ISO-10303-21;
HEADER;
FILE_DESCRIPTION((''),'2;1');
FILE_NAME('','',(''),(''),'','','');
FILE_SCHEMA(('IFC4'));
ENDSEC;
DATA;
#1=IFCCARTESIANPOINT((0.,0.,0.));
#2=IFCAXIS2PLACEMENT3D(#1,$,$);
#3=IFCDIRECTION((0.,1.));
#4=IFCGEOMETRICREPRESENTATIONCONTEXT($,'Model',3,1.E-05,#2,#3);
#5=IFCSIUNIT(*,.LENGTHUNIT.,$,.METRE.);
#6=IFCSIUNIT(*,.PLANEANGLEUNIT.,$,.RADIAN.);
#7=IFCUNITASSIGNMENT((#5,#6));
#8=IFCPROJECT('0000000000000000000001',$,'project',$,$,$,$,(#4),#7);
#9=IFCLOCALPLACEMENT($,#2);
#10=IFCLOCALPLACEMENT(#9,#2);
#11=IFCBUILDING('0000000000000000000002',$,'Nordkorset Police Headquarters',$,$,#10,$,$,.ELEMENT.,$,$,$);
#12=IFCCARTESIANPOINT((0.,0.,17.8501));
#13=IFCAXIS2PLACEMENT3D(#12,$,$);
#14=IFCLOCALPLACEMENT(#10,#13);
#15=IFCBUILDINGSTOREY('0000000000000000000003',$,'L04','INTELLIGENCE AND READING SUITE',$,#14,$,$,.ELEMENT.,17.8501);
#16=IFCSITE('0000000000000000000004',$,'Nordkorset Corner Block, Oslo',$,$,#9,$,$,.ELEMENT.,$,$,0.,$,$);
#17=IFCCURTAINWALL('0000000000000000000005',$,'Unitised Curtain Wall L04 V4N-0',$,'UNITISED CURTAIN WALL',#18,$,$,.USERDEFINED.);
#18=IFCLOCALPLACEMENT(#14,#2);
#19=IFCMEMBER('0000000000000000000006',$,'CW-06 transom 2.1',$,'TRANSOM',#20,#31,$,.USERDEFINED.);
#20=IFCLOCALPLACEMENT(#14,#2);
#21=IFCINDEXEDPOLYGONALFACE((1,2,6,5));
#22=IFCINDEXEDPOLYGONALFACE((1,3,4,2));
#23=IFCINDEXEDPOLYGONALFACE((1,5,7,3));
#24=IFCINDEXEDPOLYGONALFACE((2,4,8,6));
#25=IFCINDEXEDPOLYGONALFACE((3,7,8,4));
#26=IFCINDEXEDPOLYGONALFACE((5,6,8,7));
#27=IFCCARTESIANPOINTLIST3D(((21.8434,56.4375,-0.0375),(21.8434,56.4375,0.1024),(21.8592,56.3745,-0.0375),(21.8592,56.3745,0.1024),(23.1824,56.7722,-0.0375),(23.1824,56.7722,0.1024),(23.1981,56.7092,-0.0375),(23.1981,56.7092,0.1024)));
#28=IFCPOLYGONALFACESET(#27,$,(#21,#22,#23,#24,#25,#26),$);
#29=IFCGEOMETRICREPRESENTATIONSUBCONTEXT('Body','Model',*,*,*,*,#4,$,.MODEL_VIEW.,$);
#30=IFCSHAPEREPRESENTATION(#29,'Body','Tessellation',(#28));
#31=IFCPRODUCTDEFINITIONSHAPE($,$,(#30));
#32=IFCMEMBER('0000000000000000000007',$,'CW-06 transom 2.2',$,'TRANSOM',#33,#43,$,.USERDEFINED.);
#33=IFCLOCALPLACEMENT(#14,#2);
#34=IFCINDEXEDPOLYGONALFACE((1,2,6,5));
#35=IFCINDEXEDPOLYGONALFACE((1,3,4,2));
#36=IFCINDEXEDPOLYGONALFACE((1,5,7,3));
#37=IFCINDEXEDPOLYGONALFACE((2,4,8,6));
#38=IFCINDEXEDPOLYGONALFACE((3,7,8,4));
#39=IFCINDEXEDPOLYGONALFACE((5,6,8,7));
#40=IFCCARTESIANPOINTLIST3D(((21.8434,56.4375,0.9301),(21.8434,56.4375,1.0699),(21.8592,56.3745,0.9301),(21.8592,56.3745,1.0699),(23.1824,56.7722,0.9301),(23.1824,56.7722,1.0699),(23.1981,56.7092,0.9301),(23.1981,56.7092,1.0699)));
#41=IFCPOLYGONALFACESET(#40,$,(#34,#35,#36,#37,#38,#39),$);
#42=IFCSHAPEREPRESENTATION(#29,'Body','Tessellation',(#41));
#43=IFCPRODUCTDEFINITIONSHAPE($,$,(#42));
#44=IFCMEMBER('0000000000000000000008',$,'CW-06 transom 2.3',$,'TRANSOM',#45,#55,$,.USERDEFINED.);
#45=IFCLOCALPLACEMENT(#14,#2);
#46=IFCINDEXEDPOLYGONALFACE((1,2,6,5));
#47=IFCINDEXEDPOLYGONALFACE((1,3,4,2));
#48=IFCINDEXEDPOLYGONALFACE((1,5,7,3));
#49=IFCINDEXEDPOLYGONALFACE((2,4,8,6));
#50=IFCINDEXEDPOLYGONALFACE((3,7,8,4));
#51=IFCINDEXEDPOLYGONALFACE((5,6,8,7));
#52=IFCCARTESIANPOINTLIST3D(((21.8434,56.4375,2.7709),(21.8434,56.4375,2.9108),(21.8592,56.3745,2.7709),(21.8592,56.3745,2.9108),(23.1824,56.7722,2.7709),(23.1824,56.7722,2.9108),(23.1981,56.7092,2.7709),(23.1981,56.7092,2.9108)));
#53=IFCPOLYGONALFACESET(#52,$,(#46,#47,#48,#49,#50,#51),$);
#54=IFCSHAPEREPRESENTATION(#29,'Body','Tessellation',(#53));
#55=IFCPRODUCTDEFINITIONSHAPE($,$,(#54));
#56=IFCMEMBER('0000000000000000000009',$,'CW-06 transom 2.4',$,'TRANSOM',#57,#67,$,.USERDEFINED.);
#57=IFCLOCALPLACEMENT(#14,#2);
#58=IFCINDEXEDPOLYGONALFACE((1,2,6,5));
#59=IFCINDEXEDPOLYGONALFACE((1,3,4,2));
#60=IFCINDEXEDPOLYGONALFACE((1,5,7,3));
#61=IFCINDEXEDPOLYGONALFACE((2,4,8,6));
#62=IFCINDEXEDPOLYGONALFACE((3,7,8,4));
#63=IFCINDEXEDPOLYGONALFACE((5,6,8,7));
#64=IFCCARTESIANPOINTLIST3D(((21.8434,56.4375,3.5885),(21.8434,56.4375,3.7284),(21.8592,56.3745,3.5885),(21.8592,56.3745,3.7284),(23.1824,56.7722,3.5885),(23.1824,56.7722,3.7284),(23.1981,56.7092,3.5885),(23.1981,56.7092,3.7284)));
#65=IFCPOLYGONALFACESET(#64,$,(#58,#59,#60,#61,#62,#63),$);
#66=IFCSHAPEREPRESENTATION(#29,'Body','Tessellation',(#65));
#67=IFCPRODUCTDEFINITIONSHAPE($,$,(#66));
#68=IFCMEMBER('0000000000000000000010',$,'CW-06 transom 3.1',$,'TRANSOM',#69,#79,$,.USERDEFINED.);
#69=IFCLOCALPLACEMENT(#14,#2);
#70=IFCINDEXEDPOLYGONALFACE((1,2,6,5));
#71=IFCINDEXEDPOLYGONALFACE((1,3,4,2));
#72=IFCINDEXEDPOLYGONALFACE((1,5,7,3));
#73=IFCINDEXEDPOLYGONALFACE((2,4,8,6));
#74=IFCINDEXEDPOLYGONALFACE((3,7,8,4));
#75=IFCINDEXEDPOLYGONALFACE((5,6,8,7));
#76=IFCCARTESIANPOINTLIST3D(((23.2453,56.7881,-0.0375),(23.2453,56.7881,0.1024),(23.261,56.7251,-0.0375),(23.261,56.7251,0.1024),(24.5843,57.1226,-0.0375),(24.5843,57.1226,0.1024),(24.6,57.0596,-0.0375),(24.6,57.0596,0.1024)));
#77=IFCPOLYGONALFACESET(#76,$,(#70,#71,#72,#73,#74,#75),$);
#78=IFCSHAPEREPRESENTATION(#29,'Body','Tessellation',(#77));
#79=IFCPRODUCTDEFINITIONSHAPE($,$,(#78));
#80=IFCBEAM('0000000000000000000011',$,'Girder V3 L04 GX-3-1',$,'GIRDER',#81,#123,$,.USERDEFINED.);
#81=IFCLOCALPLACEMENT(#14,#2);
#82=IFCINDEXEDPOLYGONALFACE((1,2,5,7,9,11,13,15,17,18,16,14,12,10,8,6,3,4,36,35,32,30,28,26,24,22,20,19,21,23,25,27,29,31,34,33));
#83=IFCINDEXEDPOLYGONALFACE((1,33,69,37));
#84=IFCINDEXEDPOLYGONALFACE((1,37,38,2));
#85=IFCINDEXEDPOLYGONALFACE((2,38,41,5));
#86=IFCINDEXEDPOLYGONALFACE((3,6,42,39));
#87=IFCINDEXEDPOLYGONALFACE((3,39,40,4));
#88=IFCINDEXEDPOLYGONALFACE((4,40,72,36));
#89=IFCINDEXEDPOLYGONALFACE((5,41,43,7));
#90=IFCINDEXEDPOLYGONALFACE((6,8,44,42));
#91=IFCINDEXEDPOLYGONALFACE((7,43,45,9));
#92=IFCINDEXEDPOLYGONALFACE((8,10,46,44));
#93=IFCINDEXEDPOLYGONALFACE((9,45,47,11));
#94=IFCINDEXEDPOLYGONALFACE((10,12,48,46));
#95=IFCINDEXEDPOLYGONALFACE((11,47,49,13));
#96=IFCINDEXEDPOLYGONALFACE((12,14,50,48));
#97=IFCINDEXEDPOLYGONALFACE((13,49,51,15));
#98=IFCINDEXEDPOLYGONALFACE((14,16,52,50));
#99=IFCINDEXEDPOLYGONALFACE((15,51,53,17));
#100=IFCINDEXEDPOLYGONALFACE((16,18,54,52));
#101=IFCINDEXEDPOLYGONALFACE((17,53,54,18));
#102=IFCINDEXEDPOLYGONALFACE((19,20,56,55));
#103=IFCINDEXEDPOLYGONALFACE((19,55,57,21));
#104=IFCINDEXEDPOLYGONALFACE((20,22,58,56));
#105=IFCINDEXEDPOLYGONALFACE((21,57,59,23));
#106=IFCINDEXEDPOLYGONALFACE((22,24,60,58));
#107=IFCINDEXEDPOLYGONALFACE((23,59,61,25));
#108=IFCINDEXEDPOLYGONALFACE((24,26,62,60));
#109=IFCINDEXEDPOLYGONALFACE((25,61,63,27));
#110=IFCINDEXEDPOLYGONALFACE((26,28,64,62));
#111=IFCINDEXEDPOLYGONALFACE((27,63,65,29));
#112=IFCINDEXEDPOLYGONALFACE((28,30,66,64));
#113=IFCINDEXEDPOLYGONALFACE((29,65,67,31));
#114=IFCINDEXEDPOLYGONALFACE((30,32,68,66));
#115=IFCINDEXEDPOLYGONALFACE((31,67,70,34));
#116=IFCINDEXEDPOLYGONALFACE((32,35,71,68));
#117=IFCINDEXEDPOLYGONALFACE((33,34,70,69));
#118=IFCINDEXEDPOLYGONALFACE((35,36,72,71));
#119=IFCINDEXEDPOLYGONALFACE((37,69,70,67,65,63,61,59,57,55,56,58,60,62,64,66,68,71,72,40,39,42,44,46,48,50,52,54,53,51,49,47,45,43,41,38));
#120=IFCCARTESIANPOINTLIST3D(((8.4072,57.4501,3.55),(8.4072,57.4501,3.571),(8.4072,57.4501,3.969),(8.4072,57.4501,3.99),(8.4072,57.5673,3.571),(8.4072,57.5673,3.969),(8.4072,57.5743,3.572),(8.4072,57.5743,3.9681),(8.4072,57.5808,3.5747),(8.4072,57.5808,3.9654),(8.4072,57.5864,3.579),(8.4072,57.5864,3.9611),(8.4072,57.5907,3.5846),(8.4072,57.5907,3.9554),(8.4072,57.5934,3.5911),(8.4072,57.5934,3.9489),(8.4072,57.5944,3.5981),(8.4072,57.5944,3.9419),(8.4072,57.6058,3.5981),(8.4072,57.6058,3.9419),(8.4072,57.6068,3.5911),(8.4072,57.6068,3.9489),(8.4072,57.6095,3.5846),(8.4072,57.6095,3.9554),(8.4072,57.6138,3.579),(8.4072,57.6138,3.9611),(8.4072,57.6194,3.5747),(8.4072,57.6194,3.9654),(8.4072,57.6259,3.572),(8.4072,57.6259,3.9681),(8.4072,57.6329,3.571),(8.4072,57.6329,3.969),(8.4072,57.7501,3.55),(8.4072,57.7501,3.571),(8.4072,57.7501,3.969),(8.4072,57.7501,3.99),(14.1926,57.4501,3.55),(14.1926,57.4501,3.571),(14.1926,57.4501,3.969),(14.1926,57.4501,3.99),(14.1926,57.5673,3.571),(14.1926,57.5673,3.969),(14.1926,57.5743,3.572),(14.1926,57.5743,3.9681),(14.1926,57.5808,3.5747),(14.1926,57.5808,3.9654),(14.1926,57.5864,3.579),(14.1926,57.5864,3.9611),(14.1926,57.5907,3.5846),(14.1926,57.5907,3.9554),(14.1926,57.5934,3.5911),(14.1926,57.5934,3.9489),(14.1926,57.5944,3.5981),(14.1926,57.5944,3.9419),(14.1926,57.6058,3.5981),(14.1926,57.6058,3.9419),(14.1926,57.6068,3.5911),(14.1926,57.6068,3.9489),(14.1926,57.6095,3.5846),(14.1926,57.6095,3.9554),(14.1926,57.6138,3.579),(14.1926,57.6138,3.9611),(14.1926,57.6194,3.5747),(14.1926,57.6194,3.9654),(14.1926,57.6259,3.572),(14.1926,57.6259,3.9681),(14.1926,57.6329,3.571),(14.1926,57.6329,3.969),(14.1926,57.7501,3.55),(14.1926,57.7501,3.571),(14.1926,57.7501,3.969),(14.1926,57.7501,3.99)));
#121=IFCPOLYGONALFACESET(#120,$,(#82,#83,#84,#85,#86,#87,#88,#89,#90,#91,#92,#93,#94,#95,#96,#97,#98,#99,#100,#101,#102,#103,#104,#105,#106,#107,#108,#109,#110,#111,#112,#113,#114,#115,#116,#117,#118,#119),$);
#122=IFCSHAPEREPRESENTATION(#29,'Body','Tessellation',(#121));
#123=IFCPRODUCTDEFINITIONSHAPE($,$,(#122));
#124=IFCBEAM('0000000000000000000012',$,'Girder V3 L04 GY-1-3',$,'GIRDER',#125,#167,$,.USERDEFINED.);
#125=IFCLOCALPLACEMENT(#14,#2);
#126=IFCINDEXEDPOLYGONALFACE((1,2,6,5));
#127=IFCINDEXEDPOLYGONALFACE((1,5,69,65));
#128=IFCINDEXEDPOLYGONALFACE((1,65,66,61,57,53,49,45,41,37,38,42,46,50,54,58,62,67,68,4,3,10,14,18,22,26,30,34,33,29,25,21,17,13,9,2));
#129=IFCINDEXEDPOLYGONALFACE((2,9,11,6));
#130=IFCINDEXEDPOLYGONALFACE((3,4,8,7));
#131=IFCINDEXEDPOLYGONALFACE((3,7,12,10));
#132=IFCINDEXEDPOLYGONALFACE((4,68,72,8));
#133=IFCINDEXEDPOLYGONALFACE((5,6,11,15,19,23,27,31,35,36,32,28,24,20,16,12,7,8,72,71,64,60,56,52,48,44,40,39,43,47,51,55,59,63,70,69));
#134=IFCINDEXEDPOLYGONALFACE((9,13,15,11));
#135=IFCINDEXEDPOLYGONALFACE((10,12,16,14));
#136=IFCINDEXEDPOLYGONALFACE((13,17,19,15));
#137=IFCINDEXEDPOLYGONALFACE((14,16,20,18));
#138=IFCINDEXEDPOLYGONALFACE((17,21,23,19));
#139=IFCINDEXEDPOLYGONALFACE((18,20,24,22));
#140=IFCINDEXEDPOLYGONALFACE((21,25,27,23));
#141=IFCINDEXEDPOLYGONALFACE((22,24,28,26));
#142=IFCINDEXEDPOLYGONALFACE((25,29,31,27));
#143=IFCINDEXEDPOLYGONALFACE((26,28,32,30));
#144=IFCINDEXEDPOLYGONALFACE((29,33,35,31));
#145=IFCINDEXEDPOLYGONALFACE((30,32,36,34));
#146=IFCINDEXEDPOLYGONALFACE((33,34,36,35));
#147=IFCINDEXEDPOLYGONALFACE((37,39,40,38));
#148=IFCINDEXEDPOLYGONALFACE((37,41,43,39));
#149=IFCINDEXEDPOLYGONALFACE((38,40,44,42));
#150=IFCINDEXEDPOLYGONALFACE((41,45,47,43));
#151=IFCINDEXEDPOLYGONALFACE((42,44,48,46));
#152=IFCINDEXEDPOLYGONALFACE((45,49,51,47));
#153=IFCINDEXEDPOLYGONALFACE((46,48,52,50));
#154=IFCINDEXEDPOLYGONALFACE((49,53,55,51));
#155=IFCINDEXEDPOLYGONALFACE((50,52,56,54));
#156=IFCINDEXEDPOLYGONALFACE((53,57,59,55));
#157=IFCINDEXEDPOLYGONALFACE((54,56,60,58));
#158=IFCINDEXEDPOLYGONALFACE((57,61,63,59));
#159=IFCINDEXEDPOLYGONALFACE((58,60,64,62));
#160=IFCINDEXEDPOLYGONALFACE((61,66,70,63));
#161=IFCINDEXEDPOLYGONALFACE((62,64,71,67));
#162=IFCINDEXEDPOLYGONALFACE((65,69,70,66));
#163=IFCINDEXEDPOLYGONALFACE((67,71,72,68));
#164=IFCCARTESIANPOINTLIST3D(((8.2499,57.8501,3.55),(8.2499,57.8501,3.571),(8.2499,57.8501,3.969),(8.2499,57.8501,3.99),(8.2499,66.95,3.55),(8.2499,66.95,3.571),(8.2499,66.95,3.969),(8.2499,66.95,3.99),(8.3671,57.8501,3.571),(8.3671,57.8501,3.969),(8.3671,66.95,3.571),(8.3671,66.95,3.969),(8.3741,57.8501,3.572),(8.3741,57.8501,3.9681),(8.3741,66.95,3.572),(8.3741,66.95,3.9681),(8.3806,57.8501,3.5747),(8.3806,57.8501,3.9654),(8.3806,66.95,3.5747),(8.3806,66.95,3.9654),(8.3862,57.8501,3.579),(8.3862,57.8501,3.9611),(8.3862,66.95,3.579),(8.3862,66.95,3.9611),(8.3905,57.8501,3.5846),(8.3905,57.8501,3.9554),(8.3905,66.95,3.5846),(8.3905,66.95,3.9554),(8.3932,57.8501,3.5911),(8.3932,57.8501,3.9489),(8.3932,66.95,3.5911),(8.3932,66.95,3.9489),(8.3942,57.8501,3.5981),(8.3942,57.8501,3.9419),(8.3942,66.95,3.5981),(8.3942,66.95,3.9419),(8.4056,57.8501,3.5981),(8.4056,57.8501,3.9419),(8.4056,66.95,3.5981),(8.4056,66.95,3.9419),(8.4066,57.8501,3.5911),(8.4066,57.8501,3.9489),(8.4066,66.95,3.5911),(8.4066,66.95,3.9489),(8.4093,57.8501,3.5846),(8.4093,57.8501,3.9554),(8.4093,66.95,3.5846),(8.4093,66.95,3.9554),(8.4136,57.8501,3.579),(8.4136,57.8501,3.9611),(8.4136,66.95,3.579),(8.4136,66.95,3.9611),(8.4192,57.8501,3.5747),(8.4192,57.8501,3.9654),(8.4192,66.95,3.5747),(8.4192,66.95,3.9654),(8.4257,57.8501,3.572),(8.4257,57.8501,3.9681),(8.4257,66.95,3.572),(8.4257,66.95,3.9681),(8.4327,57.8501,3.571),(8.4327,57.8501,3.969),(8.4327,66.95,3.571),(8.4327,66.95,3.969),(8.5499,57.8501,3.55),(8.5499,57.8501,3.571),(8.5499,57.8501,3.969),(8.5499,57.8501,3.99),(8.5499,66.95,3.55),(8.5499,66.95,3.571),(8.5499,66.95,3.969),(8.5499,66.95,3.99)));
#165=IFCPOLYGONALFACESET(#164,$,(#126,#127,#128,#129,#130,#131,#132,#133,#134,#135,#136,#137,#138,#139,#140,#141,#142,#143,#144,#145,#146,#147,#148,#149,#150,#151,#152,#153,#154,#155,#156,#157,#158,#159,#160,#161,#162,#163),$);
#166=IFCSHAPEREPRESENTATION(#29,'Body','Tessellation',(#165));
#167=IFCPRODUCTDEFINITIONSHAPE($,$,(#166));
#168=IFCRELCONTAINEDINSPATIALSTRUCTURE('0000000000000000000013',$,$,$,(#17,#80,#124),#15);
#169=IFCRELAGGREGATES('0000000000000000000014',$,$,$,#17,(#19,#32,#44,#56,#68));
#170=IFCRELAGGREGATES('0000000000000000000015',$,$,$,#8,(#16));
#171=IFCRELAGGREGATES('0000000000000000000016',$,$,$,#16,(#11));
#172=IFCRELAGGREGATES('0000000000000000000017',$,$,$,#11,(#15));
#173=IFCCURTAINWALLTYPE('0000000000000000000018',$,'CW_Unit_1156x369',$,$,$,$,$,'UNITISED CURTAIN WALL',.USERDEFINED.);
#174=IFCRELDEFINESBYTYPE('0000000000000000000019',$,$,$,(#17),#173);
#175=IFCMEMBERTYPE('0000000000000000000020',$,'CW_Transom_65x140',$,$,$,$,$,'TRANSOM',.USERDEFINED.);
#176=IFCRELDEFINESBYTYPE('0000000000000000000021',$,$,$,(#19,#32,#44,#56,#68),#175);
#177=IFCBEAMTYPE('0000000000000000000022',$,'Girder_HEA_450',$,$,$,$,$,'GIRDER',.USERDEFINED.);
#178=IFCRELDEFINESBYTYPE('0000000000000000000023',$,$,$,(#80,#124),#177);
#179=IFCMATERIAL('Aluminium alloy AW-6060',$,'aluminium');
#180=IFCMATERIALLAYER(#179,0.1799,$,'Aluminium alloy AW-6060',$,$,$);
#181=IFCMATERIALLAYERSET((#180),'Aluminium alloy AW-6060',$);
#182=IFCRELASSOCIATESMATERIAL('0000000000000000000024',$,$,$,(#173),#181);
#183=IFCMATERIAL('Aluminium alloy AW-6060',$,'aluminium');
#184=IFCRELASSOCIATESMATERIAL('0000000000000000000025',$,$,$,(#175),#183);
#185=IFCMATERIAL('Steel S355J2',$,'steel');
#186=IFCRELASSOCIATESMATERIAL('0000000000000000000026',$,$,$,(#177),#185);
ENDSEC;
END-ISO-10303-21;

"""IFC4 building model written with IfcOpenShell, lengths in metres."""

from ifc_helpers import new_model, si_unit, direction, frame, origin, origin_2d, place, context, subcontext, project, spatial, rectangle, i_section, extrude, material, layer, layer_set, material_profile, profile_set, type_object, element, aggregate, save


model = new_model("IFC4")

# Units and contexts
model_context = context("Model", 3, precision=1e-05, world=origin(), true_north=direction((0.0, 1.0)))
body_context = subcontext(model_context, "Body", "Model", "MODEL_VIEW")
ifc_project = project(units=[si_unit("LENGTHUNIT", "METRE"), si_unit("PLANEANGLEUNIT", "RADIAN")], contexts=[model_context])

# Site, building, storey
site_placement = place(None, origin())
site = spatial("IfcSite", under=ifc_project, at=site_placement, Name="Nordkorset Corner Block, Oslo", CompositionType="ELEMENT", RefElevation=0.0)
building_placement = place(site_placement, origin())
building = spatial("IfcBuilding", under=site, at=building_placement, Name="Nordkorset Police Headquarters", CompositionType="ELEMENT")
storey_placement = place(building_placement, frame((0.0, 0.0, 17.8501)))
storey = spatial("IfcBuildingStorey", under=building, at=storey_placement, Name="L04", Description="INTELLIGENCE AND READING SUITE", CompositionType="ELEMENT", Elevation=17.8501)

# Curtain wall
ifc_material_1 = material(Name="Aluminium alloy AW-6060", Category="aluminium")
ifc_layer_1 = layer(ifc_material_1, 0.1799, Name="Aluminium alloy AW-6060")
ifc_layer_set_1 = layer_set([ifc_layer_1], Name="Aluminium alloy AW-6060")
curtain_wall_type_1 = type_object("IfcCurtainWallType", Name="CW_Unit_1156x369", ElementType="UNITISED CURTAIN WALL", PredefinedType="USERDEFINED", material=ifc_layer_set_1)
curtain_wall_1_placement = place(storey_placement, origin())
curtain_wall_1 = element("IfcCurtainWall", 1, at=curtain_wall_1_placement, inside=storey, type_object=curtain_wall_type_1, Name="Unitised Curtain Wall L04 V4N-0", ObjectType="UNITISED CURTAIN WALL", PredefinedType="USERDEFINED")

# Members
ifc_material_2 = material(Name="Aluminium alloy AW-6060", Category="aluminium")
ifc_material_profile_1 = material_profile(ifc_material_2, rectangle(XDim=0.0649, YDim=0.1399, at=origin_2d()), Name="ALU TRAN 65x140")
ifc_profile_set_1 = profile_set([ifc_material_profile_1], Name="Aluminium alloy AW-6060")
member_type_1 = type_object("IfcMemberType", Name="CW_Transom_65x140", ElementType="TRANSOM", PredefinedType="USERDEFINED", material=ifc_profile_set_1)
member_1_placement = place(storey_placement, frame((21.8513, 56.406, 0.0325), z_axis=(0.970143, 0.242536, 0.0), x_axis=(-0.242536, 0.970143, 0.0)))
member_1 = element("IfcMember", 2, at=member_1_placement, type_object=member_type_1, Name="CW-06 transom 2.1", ObjectType="TRANSOM", PredefinedType="USERDEFINED", context=body_context, shape_type="SweptSolid", body=[
    extrude(rectangle(XDim=0.0649, YDim=0.1399, at=origin_2d()), origin(), (0.0, 0.0, 1.0), 1.3801),
])
member_2_placement = place(storey_placement, frame((21.8513, 56.406, 1.0), z_axis=(0.970143, 0.242536, 0.0), x_axis=(-0.242536, 0.970143, 0.0)))
member_2 = element("IfcMember", 3, at=member_2_placement, type_object=member_type_1, Name="CW-06 transom 2.2", ObjectType="TRANSOM", PredefinedType="USERDEFINED", context=body_context, shape_type="SweptSolid", body=[
    extrude(rectangle(XDim=0.0649, YDim=0.1399, at=origin_2d()), origin(), (0.0, 0.0, 1.0), 1.3801),
])
member_3_placement = place(storey_placement, frame((21.8513, 56.406, 2.8408), z_axis=(0.970143, 0.242536, 0.0), x_axis=(-0.242536, 0.970143, 0.0)))
member_3 = element("IfcMember", 4, at=member_3_placement, type_object=member_type_1, Name="CW-06 transom 2.3", ObjectType="TRANSOM", PredefinedType="USERDEFINED", context=body_context, shape_type="SweptSolid", body=[
    extrude(rectangle(XDim=0.0649, YDim=0.1399, at=origin_2d()), origin(), (0.0, 0.0, 1.0), 1.3801),
])
member_4_placement = place(storey_placement, frame((21.8513, 56.406, 3.6584), z_axis=(0.970143, 0.242536, 0.0), x_axis=(-0.242536, 0.970143, 0.0)))
member_4 = element("IfcMember", 5, at=member_4_placement, type_object=member_type_1, Name="CW-06 transom 2.4", ObjectType="TRANSOM", PredefinedType="USERDEFINED", context=body_context, shape_type="SweptSolid", body=[
    extrude(rectangle(XDim=0.0649, YDim=0.1399, at=origin_2d()), origin(), (0.0, 0.0, 1.0), 1.3801),
])
member_5_placement = place(storey_placement, frame((23.2532, 56.7566, 0.0325), z_axis=(0.970184, 0.242369, 0.0), x_axis=(-0.242369, 0.970184, 0.0)))
member_5 = element("IfcMember", 6, at=member_5_placement, type_object=member_type_1, Name="CW-06 transom 3.1", ObjectType="TRANSOM", PredefinedType="USERDEFINED", context=body_context, shape_type="SweptSolid", body=[
    extrude(rectangle(XDim=0.0649, YDim=0.1399, at=origin_2d()), origin(), (0.0, 0.0, 1.0), 1.3801),
])

# Beams
ifc_material_3 = material(Name="Steel S355J2", Category="steel")
ifc_material_profile_2 = material_profile(ifc_material_3, i_section(OverallWidth=0.3, OverallDepth=0.4399, WebThickness=0.0115, FlangeThickness=0.021, FilletRadius=0.0271, at=origin_2d()), Name="HEA 450")
ifc_profile_set_2 = profile_set([ifc_material_profile_2], Name="Steel S355J2")
beam_type_1 = type_object("IfcBeamType", Name="Girder_HEA_450", ElementType="GIRDER", PredefinedType="USERDEFINED", material=ifc_profile_set_2)
beam_1_placement = place(storey_placement, frame((8.4072, 57.6001, 3.77), z_axis=(1.0, 0.0, 0.0), x_axis=(0.0, 1.0, 0.0)))
element("IfcBeam", 7, at=beam_1_placement, inside=storey, type_object=beam_type_1, Name="Girder V3 L04 GX-3-1", ObjectType="GIRDER", PredefinedType="USERDEFINED", context=body_context, shape_type="SweptSolid", body=[
    extrude(i_section(OverallWidth=0.3, OverallDepth=0.4399, WebThickness=0.0115, FlangeThickness=0.021, FilletRadius=0.0271, at=origin_2d()), origin(), (0.0, 0.0, 1.0), 5.7854),
])
for number, where, z_axis, x_axis, name in (
    (8, (8.3999, 57.8501, 3.77), (0.0, 1.0, 0.0), (-1.0, 0.0, 0.0), "Girder V3 L04 GY-1-3"),
):
    element("IfcBeam", number, at=place(storey_placement, frame(where, z_axis=z_axis, x_axis=x_axis)), inside=storey, type_object=beam_type_1, Name=name, ObjectType="GIRDER", PredefinedType="USERDEFINED", context=body_context, shape_type="SweptSolid", body=[
        extrude(i_section(OverallWidth=0.3, OverallDepth=0.4399, WebThickness=0.0115, FlangeThickness=0.021, FilletRadius=0.0271, at=origin_2d()), origin(), (0.0, 0.0, 1.0), 9.0999),
    ])

aggregate(curtain_wall_1, [member_1, member_2, member_3, member_4, member_5])

save(model, "model.ifc")
